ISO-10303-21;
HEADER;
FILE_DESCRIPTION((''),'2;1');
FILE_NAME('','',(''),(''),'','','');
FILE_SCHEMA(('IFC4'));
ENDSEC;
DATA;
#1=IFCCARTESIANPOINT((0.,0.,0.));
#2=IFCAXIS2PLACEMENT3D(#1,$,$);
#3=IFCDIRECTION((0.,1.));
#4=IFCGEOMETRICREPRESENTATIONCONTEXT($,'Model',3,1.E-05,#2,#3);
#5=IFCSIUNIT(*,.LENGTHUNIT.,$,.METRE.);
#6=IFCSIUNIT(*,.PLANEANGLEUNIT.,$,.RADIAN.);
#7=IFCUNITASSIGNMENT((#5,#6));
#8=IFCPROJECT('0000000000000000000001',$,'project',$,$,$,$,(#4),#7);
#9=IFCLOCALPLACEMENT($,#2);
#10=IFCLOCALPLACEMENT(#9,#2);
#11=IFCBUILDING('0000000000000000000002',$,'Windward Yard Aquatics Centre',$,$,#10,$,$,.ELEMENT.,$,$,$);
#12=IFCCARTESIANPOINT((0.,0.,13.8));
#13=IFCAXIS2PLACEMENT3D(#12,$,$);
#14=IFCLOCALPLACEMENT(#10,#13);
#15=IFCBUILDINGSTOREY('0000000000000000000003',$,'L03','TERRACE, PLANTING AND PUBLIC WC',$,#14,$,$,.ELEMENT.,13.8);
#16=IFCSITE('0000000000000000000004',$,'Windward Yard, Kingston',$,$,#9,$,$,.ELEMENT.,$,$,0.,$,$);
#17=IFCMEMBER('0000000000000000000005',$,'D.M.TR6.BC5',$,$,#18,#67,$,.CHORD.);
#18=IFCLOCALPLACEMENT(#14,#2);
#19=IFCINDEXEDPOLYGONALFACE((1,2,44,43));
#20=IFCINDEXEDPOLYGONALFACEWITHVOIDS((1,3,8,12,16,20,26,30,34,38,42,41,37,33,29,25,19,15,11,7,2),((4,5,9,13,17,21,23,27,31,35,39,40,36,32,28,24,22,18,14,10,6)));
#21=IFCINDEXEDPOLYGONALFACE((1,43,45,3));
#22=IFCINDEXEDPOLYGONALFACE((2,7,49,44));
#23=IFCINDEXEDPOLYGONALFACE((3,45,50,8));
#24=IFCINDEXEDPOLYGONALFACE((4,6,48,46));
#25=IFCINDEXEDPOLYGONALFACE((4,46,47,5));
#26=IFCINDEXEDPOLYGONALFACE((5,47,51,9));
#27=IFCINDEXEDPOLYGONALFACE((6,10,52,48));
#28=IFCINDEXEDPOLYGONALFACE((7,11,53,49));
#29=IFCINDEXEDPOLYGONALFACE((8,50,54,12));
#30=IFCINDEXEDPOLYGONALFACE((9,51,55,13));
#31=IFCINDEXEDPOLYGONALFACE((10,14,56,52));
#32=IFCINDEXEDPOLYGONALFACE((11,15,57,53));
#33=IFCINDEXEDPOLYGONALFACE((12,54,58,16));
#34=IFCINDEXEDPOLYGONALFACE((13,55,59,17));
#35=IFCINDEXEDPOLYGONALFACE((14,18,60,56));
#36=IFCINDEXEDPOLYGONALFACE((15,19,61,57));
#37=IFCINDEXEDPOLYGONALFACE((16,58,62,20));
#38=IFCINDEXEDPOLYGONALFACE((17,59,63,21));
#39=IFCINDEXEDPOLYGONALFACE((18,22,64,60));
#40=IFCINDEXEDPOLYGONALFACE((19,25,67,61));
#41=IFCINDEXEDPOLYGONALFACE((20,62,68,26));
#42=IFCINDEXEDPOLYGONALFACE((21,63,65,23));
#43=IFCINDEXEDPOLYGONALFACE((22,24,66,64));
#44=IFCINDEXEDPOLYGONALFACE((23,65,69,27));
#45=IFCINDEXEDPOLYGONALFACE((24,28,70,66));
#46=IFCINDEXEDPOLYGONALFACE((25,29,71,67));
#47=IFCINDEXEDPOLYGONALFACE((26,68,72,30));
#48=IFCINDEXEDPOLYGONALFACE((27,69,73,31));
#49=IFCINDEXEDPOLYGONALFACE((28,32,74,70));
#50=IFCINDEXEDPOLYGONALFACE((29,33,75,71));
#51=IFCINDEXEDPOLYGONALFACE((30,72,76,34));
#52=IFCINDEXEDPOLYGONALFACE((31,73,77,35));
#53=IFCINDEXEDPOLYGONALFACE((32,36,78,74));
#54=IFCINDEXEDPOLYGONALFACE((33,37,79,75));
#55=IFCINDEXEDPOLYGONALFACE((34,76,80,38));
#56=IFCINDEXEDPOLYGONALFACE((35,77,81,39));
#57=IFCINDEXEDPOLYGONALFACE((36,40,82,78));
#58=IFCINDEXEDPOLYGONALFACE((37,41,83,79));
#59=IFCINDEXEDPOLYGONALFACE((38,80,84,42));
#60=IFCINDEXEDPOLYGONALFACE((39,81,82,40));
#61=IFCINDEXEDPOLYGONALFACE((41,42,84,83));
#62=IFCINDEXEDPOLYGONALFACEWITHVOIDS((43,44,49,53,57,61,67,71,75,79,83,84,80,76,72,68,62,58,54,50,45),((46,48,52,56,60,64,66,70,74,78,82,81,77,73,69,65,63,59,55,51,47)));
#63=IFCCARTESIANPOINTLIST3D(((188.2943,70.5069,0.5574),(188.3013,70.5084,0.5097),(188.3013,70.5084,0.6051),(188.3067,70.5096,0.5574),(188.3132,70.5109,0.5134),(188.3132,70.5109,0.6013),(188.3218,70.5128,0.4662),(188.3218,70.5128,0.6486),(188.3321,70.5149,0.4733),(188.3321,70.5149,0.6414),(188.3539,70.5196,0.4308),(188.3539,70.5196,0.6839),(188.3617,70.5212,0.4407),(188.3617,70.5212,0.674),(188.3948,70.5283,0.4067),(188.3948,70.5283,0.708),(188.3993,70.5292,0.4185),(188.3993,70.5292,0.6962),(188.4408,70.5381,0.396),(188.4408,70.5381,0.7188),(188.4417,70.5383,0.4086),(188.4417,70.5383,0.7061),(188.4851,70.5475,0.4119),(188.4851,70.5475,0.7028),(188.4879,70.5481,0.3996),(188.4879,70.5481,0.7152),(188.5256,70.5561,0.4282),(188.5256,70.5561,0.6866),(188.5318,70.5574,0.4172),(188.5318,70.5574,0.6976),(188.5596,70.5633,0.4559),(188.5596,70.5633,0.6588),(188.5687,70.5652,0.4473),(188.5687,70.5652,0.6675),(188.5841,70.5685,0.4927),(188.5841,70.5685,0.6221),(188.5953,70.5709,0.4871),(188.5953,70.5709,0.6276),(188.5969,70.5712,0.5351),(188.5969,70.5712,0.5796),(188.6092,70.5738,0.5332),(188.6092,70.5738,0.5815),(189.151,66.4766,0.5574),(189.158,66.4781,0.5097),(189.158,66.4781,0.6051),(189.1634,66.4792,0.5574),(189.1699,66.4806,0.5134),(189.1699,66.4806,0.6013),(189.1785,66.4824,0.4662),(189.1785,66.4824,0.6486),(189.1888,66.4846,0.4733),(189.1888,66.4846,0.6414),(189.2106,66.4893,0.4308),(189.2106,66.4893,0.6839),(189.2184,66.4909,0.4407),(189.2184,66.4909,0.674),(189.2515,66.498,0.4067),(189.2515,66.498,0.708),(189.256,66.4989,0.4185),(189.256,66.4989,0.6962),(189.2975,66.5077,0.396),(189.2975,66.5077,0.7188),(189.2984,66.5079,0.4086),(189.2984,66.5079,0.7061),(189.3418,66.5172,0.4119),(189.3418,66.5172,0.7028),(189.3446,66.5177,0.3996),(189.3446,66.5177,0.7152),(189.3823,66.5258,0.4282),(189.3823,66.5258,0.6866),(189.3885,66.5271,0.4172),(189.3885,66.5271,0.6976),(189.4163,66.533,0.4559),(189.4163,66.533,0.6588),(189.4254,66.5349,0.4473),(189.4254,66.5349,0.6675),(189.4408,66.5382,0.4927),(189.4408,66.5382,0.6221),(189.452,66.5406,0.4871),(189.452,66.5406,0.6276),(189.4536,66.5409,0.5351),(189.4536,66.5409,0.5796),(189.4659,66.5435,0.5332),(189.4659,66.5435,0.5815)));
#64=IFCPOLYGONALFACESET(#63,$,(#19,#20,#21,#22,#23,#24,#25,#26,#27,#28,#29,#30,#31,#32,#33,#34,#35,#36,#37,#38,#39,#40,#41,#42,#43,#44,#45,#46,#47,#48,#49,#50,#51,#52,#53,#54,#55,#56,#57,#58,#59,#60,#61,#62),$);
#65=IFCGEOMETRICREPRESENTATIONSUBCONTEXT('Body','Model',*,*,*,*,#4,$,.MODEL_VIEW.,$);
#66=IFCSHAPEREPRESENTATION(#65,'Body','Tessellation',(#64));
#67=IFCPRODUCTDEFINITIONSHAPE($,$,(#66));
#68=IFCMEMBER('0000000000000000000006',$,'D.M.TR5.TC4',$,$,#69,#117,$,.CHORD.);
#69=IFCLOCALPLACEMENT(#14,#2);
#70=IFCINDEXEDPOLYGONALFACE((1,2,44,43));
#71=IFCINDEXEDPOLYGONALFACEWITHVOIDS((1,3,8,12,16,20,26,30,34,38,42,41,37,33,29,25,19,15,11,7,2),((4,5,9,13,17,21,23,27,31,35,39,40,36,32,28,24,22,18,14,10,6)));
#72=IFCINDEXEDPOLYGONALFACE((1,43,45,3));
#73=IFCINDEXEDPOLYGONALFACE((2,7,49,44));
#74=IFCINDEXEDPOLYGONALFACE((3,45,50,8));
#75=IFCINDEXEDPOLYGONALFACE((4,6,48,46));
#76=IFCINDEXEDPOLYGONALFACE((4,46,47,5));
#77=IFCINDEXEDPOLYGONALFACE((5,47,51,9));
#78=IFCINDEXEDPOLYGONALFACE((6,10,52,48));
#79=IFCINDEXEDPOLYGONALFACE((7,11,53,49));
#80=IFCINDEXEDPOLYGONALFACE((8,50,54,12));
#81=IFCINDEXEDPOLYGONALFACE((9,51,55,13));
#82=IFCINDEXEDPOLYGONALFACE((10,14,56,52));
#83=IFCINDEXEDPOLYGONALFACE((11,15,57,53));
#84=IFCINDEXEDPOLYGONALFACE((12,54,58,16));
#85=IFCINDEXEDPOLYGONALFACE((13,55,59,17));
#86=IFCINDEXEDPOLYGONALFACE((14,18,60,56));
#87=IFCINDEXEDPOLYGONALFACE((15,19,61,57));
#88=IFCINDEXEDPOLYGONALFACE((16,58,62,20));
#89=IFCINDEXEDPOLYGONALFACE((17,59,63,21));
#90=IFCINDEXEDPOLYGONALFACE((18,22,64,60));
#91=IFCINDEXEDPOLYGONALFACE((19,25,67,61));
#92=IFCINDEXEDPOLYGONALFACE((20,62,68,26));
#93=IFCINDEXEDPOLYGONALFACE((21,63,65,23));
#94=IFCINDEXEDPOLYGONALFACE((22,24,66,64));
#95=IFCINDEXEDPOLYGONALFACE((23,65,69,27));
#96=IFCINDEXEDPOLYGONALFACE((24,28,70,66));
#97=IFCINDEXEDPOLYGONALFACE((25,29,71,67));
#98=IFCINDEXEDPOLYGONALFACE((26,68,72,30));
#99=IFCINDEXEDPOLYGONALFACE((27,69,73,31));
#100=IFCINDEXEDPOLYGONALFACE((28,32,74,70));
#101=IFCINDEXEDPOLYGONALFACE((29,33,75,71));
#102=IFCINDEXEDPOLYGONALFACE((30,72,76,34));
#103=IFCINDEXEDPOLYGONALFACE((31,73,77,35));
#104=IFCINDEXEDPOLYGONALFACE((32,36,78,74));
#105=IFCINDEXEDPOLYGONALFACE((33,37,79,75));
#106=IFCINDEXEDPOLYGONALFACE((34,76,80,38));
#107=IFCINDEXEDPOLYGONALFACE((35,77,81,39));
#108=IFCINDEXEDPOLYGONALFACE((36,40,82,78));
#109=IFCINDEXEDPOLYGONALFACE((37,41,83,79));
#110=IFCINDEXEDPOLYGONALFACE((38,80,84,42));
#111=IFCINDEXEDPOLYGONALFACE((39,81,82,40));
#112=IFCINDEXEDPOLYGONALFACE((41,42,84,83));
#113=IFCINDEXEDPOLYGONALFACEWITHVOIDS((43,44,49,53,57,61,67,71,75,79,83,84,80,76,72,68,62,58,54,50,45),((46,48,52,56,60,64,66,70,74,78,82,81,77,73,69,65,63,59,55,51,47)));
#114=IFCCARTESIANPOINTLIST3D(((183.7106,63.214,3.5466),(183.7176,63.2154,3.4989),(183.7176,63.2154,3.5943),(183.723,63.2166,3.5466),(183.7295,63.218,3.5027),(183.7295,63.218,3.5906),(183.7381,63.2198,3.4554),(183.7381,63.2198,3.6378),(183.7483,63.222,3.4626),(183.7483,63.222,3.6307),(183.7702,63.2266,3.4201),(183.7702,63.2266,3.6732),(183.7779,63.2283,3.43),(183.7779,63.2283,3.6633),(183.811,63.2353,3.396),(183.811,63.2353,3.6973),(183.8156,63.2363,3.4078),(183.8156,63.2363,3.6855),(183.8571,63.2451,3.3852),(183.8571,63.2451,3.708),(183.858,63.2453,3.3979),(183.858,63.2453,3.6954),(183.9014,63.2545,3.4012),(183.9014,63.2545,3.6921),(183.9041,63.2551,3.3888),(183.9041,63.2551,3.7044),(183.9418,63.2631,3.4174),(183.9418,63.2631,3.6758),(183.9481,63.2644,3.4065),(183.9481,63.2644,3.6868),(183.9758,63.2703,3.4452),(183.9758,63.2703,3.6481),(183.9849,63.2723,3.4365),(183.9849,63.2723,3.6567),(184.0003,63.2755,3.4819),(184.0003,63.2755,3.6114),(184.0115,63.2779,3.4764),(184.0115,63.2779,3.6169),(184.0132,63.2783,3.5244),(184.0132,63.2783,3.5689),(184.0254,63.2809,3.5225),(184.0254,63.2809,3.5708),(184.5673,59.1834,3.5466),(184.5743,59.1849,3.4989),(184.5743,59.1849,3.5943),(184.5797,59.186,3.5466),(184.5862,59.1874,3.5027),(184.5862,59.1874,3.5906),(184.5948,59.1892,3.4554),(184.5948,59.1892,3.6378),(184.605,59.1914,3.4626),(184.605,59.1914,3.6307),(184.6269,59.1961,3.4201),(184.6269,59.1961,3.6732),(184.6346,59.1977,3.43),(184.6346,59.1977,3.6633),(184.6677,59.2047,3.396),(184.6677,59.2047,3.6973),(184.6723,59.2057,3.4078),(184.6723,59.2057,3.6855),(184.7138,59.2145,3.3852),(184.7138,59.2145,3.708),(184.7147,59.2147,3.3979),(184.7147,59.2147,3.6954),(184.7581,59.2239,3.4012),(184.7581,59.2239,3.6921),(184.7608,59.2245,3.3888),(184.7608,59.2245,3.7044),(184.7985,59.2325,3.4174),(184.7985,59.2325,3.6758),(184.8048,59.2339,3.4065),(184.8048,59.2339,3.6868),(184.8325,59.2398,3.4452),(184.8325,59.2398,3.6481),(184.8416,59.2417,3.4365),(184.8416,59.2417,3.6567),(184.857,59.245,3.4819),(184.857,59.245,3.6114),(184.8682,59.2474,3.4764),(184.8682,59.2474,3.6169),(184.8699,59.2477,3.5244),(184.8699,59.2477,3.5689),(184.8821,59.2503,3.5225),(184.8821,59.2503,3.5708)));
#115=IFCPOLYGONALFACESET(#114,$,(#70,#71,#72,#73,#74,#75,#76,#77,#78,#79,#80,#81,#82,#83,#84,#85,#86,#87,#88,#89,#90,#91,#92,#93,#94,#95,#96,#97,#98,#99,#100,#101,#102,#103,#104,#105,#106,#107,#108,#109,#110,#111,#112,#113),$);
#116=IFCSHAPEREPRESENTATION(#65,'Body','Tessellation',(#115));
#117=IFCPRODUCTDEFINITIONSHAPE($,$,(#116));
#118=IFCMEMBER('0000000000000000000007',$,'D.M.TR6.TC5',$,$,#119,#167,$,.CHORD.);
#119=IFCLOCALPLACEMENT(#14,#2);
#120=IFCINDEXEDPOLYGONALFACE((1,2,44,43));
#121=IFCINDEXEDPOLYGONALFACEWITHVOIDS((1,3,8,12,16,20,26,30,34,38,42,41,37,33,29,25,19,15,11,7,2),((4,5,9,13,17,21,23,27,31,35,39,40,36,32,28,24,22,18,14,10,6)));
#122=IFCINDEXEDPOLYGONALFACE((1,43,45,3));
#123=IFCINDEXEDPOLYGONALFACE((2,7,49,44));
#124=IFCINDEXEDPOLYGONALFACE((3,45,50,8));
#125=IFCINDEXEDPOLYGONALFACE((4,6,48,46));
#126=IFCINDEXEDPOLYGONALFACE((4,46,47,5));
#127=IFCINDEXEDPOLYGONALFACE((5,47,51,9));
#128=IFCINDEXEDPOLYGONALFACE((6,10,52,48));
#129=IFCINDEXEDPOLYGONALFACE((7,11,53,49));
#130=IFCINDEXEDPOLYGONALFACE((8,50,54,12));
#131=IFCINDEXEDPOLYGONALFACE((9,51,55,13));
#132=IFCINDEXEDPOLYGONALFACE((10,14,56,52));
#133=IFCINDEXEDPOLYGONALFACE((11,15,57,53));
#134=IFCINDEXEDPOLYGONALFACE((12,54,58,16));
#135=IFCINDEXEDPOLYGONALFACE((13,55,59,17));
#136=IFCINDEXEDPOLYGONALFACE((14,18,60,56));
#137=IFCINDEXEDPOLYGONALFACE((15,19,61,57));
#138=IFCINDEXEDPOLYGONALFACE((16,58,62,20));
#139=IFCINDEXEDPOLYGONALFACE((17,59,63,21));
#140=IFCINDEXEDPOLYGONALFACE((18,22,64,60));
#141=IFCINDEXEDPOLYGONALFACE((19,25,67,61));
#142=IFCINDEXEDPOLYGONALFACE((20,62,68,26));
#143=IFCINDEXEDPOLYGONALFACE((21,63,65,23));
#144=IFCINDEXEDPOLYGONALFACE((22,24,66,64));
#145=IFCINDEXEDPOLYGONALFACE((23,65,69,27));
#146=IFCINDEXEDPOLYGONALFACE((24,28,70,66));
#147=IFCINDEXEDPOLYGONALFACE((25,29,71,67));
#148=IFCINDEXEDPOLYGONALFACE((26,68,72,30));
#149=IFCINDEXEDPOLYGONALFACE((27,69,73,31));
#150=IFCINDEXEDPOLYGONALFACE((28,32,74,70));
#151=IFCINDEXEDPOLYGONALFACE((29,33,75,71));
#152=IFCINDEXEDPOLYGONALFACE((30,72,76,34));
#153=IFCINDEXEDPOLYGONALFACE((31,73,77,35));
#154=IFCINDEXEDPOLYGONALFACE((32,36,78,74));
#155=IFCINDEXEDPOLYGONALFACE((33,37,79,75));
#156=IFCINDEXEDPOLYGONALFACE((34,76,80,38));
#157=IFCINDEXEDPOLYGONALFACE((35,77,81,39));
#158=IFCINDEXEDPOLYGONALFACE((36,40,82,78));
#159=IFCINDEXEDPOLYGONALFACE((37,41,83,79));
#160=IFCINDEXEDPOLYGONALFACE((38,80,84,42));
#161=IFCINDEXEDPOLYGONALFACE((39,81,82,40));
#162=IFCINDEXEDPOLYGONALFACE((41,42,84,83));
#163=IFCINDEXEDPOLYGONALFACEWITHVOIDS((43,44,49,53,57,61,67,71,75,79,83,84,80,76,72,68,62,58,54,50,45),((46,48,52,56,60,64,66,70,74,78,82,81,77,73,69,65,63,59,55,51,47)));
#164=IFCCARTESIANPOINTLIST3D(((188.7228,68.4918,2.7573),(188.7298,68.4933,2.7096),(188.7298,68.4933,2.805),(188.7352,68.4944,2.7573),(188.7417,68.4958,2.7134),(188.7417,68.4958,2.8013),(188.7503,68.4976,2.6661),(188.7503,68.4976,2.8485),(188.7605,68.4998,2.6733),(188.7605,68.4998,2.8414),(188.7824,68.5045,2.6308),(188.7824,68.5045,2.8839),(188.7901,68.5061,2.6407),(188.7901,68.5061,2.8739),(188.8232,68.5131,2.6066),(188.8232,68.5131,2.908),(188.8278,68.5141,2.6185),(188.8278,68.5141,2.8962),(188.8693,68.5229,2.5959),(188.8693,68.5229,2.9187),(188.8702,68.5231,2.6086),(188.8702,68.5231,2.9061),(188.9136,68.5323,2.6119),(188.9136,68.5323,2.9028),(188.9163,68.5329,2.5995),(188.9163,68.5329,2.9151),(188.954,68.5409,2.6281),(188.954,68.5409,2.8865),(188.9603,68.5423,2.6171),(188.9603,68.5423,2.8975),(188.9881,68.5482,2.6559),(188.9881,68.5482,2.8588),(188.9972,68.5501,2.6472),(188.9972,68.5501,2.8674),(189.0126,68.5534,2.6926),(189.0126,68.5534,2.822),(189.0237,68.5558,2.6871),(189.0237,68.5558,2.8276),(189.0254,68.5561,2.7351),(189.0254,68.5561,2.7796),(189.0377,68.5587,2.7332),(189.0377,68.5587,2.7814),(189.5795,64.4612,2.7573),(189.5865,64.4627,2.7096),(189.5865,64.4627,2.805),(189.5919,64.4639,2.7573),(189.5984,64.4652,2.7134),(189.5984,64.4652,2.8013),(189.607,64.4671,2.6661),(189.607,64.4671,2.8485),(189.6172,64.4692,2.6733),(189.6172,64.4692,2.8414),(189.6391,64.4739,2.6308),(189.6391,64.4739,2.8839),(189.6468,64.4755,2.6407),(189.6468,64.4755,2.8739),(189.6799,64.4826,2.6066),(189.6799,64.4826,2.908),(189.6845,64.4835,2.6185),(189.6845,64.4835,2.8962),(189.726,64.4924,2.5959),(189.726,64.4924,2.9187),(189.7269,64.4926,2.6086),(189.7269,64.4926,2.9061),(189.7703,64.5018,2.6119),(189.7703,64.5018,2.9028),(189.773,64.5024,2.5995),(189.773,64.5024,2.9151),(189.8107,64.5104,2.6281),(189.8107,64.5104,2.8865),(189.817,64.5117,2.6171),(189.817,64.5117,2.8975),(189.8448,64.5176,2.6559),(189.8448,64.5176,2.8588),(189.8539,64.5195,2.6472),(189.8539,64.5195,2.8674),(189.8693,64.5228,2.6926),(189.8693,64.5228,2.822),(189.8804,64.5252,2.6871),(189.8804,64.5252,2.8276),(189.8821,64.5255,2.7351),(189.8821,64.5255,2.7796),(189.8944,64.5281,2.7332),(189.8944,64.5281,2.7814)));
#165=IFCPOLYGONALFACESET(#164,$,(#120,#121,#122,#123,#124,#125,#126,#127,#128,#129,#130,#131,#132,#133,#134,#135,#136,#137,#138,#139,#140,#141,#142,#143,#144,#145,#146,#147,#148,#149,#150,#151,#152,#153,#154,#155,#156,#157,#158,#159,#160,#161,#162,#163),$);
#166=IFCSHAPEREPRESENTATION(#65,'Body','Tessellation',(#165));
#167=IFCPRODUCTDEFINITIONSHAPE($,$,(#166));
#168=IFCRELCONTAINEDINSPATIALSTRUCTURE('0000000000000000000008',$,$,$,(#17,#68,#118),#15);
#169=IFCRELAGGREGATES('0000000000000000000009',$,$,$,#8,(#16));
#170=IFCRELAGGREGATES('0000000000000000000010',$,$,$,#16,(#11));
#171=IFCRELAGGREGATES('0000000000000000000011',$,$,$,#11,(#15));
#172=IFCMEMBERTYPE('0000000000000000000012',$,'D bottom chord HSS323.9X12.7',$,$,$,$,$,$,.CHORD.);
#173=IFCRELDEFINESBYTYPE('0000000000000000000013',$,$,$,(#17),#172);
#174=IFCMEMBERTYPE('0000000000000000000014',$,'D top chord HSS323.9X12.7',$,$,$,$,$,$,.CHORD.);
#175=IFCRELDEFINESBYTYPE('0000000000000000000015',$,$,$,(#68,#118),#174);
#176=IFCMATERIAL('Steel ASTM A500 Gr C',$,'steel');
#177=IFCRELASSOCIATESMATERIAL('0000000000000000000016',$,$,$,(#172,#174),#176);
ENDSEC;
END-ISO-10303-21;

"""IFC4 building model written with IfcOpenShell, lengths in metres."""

from ifc_helpers import new_model, si_unit, direction, frame, origin, origin_2d, place, context, subcontext, project, spatial, hollow_circle, extrude, material, material_profile, profile_set, type_object, element, save


model = new_model("IFC4")

# Units and contexts
model_context = context("Model", 3, precision=1e-05, world=origin(), true_north=direction((0.0, 1.0)))
body_context = subcontext(model_context, "Body", "Model", "MODEL_VIEW")
ifc_project = project(units=[si_unit("LENGTHUNIT", "METRE"), si_unit("PLANEANGLEUNIT", "RADIAN")], contexts=[model_context])

# Site, building, storey
site_placement = place(None, origin())
site = spatial("IfcSite", under=ifc_project, at=site_placement, Name="Windward Yard, Kingston", CompositionType="ELEMENT", RefElevation=0.0)
building_placement = place(site_placement, origin())
building = spatial("IfcBuilding", under=site, at=building_placement, Name="Windward Yard Aquatics Centre", CompositionType="ELEMENT")
storey_placement = place(building_placement, frame((0.0, 0.0, 13.8)))
storey = spatial("IfcBuildingStorey", under=building, at=storey_placement, Name="L03", Description="TERRACE, PLANTING AND PUBLIC WC", CompositionType="ELEMENT", Elevation=13.8)

# Members
ifc_material_1 = material(Name="Steel ASTM A500 Gr C", Category="steel")
ifc_material_profile_1 = material_profile(ifc_material_1, hollow_circle(Radius=0.1619, WallThickness=0.0127, at=origin_2d()), Name="HSS323.9X12.7")
ifc_profile_set_1 = profile_set([ifc_material_profile_1], Name="Steel ASTM A500 Gr C")
member_type_1 = type_object("IfcMemberType", Name="D bottom chord HSS323.9X12.7", PredefinedType="CHORD", material=ifc_profile_set_1)
member_1_placement = place(storey_placement, frame((189.3093, 66.5103, 0.5574), z_axis=(-0.207918, 0.978146, 0.0), x_axis=(-0.978146, -0.207918, 0.0)))
element("IfcMember", 1, at=member_1_placement, inside=storey, type_object=member_type_1, Name="D.M.TR6.BC5", PredefinedType="CHORD", context=body_context, shape_type="SweptSolid", body=[
    extrude(hollow_circle(Radius=0.1619, WallThickness=0.0127, at=origin_2d()), origin(), (0.0, 0.0, 1.0), 4.1204),
])
ifc_material_profile_2 = material_profile(ifc_material_1, hollow_circle(Radius=0.1619, WallThickness=0.0127, at=origin_2d()), Name="HSS323.9X12.7")
ifc_profile_set_2 = profile_set([ifc_material_profile_2], Name="Steel ASTM A500 Gr C")
member_type_2 = type_object("IfcMemberType", Name="D top chord HSS323.9X12.7", PredefinedType="CHORD", material=ifc_profile_set_2)
for number, where, z_axis, x_axis, name in (
    (2, (184.7256, 59.217, 3.5466), (-0.207906, 0.978149, 0.0), (-0.978149, -0.207906, 0.0), "D.M.TR5.TC4"),
    (3, (189.7378, 64.4949, 2.7573), (-0.207906, 0.978149, 0.0), (-0.978149, -0.207906, 0.0), "D.M.TR6.TC5"),
):
    element("IfcMember", number, at=place(storey_placement, frame(where, z_axis=z_axis, x_axis=x_axis)), inside=storey, type_object=member_type_2, Name=name, PredefinedType="CHORD", context=body_context, shape_type="SweptSolid", body=[
        extrude(hollow_circle(Radius=0.1619, WallThickness=0.0127, at=origin_2d()), origin(), (0.0, 0.0, 1.0), 4.1206),
    ])

save(model, "model.ifc")
